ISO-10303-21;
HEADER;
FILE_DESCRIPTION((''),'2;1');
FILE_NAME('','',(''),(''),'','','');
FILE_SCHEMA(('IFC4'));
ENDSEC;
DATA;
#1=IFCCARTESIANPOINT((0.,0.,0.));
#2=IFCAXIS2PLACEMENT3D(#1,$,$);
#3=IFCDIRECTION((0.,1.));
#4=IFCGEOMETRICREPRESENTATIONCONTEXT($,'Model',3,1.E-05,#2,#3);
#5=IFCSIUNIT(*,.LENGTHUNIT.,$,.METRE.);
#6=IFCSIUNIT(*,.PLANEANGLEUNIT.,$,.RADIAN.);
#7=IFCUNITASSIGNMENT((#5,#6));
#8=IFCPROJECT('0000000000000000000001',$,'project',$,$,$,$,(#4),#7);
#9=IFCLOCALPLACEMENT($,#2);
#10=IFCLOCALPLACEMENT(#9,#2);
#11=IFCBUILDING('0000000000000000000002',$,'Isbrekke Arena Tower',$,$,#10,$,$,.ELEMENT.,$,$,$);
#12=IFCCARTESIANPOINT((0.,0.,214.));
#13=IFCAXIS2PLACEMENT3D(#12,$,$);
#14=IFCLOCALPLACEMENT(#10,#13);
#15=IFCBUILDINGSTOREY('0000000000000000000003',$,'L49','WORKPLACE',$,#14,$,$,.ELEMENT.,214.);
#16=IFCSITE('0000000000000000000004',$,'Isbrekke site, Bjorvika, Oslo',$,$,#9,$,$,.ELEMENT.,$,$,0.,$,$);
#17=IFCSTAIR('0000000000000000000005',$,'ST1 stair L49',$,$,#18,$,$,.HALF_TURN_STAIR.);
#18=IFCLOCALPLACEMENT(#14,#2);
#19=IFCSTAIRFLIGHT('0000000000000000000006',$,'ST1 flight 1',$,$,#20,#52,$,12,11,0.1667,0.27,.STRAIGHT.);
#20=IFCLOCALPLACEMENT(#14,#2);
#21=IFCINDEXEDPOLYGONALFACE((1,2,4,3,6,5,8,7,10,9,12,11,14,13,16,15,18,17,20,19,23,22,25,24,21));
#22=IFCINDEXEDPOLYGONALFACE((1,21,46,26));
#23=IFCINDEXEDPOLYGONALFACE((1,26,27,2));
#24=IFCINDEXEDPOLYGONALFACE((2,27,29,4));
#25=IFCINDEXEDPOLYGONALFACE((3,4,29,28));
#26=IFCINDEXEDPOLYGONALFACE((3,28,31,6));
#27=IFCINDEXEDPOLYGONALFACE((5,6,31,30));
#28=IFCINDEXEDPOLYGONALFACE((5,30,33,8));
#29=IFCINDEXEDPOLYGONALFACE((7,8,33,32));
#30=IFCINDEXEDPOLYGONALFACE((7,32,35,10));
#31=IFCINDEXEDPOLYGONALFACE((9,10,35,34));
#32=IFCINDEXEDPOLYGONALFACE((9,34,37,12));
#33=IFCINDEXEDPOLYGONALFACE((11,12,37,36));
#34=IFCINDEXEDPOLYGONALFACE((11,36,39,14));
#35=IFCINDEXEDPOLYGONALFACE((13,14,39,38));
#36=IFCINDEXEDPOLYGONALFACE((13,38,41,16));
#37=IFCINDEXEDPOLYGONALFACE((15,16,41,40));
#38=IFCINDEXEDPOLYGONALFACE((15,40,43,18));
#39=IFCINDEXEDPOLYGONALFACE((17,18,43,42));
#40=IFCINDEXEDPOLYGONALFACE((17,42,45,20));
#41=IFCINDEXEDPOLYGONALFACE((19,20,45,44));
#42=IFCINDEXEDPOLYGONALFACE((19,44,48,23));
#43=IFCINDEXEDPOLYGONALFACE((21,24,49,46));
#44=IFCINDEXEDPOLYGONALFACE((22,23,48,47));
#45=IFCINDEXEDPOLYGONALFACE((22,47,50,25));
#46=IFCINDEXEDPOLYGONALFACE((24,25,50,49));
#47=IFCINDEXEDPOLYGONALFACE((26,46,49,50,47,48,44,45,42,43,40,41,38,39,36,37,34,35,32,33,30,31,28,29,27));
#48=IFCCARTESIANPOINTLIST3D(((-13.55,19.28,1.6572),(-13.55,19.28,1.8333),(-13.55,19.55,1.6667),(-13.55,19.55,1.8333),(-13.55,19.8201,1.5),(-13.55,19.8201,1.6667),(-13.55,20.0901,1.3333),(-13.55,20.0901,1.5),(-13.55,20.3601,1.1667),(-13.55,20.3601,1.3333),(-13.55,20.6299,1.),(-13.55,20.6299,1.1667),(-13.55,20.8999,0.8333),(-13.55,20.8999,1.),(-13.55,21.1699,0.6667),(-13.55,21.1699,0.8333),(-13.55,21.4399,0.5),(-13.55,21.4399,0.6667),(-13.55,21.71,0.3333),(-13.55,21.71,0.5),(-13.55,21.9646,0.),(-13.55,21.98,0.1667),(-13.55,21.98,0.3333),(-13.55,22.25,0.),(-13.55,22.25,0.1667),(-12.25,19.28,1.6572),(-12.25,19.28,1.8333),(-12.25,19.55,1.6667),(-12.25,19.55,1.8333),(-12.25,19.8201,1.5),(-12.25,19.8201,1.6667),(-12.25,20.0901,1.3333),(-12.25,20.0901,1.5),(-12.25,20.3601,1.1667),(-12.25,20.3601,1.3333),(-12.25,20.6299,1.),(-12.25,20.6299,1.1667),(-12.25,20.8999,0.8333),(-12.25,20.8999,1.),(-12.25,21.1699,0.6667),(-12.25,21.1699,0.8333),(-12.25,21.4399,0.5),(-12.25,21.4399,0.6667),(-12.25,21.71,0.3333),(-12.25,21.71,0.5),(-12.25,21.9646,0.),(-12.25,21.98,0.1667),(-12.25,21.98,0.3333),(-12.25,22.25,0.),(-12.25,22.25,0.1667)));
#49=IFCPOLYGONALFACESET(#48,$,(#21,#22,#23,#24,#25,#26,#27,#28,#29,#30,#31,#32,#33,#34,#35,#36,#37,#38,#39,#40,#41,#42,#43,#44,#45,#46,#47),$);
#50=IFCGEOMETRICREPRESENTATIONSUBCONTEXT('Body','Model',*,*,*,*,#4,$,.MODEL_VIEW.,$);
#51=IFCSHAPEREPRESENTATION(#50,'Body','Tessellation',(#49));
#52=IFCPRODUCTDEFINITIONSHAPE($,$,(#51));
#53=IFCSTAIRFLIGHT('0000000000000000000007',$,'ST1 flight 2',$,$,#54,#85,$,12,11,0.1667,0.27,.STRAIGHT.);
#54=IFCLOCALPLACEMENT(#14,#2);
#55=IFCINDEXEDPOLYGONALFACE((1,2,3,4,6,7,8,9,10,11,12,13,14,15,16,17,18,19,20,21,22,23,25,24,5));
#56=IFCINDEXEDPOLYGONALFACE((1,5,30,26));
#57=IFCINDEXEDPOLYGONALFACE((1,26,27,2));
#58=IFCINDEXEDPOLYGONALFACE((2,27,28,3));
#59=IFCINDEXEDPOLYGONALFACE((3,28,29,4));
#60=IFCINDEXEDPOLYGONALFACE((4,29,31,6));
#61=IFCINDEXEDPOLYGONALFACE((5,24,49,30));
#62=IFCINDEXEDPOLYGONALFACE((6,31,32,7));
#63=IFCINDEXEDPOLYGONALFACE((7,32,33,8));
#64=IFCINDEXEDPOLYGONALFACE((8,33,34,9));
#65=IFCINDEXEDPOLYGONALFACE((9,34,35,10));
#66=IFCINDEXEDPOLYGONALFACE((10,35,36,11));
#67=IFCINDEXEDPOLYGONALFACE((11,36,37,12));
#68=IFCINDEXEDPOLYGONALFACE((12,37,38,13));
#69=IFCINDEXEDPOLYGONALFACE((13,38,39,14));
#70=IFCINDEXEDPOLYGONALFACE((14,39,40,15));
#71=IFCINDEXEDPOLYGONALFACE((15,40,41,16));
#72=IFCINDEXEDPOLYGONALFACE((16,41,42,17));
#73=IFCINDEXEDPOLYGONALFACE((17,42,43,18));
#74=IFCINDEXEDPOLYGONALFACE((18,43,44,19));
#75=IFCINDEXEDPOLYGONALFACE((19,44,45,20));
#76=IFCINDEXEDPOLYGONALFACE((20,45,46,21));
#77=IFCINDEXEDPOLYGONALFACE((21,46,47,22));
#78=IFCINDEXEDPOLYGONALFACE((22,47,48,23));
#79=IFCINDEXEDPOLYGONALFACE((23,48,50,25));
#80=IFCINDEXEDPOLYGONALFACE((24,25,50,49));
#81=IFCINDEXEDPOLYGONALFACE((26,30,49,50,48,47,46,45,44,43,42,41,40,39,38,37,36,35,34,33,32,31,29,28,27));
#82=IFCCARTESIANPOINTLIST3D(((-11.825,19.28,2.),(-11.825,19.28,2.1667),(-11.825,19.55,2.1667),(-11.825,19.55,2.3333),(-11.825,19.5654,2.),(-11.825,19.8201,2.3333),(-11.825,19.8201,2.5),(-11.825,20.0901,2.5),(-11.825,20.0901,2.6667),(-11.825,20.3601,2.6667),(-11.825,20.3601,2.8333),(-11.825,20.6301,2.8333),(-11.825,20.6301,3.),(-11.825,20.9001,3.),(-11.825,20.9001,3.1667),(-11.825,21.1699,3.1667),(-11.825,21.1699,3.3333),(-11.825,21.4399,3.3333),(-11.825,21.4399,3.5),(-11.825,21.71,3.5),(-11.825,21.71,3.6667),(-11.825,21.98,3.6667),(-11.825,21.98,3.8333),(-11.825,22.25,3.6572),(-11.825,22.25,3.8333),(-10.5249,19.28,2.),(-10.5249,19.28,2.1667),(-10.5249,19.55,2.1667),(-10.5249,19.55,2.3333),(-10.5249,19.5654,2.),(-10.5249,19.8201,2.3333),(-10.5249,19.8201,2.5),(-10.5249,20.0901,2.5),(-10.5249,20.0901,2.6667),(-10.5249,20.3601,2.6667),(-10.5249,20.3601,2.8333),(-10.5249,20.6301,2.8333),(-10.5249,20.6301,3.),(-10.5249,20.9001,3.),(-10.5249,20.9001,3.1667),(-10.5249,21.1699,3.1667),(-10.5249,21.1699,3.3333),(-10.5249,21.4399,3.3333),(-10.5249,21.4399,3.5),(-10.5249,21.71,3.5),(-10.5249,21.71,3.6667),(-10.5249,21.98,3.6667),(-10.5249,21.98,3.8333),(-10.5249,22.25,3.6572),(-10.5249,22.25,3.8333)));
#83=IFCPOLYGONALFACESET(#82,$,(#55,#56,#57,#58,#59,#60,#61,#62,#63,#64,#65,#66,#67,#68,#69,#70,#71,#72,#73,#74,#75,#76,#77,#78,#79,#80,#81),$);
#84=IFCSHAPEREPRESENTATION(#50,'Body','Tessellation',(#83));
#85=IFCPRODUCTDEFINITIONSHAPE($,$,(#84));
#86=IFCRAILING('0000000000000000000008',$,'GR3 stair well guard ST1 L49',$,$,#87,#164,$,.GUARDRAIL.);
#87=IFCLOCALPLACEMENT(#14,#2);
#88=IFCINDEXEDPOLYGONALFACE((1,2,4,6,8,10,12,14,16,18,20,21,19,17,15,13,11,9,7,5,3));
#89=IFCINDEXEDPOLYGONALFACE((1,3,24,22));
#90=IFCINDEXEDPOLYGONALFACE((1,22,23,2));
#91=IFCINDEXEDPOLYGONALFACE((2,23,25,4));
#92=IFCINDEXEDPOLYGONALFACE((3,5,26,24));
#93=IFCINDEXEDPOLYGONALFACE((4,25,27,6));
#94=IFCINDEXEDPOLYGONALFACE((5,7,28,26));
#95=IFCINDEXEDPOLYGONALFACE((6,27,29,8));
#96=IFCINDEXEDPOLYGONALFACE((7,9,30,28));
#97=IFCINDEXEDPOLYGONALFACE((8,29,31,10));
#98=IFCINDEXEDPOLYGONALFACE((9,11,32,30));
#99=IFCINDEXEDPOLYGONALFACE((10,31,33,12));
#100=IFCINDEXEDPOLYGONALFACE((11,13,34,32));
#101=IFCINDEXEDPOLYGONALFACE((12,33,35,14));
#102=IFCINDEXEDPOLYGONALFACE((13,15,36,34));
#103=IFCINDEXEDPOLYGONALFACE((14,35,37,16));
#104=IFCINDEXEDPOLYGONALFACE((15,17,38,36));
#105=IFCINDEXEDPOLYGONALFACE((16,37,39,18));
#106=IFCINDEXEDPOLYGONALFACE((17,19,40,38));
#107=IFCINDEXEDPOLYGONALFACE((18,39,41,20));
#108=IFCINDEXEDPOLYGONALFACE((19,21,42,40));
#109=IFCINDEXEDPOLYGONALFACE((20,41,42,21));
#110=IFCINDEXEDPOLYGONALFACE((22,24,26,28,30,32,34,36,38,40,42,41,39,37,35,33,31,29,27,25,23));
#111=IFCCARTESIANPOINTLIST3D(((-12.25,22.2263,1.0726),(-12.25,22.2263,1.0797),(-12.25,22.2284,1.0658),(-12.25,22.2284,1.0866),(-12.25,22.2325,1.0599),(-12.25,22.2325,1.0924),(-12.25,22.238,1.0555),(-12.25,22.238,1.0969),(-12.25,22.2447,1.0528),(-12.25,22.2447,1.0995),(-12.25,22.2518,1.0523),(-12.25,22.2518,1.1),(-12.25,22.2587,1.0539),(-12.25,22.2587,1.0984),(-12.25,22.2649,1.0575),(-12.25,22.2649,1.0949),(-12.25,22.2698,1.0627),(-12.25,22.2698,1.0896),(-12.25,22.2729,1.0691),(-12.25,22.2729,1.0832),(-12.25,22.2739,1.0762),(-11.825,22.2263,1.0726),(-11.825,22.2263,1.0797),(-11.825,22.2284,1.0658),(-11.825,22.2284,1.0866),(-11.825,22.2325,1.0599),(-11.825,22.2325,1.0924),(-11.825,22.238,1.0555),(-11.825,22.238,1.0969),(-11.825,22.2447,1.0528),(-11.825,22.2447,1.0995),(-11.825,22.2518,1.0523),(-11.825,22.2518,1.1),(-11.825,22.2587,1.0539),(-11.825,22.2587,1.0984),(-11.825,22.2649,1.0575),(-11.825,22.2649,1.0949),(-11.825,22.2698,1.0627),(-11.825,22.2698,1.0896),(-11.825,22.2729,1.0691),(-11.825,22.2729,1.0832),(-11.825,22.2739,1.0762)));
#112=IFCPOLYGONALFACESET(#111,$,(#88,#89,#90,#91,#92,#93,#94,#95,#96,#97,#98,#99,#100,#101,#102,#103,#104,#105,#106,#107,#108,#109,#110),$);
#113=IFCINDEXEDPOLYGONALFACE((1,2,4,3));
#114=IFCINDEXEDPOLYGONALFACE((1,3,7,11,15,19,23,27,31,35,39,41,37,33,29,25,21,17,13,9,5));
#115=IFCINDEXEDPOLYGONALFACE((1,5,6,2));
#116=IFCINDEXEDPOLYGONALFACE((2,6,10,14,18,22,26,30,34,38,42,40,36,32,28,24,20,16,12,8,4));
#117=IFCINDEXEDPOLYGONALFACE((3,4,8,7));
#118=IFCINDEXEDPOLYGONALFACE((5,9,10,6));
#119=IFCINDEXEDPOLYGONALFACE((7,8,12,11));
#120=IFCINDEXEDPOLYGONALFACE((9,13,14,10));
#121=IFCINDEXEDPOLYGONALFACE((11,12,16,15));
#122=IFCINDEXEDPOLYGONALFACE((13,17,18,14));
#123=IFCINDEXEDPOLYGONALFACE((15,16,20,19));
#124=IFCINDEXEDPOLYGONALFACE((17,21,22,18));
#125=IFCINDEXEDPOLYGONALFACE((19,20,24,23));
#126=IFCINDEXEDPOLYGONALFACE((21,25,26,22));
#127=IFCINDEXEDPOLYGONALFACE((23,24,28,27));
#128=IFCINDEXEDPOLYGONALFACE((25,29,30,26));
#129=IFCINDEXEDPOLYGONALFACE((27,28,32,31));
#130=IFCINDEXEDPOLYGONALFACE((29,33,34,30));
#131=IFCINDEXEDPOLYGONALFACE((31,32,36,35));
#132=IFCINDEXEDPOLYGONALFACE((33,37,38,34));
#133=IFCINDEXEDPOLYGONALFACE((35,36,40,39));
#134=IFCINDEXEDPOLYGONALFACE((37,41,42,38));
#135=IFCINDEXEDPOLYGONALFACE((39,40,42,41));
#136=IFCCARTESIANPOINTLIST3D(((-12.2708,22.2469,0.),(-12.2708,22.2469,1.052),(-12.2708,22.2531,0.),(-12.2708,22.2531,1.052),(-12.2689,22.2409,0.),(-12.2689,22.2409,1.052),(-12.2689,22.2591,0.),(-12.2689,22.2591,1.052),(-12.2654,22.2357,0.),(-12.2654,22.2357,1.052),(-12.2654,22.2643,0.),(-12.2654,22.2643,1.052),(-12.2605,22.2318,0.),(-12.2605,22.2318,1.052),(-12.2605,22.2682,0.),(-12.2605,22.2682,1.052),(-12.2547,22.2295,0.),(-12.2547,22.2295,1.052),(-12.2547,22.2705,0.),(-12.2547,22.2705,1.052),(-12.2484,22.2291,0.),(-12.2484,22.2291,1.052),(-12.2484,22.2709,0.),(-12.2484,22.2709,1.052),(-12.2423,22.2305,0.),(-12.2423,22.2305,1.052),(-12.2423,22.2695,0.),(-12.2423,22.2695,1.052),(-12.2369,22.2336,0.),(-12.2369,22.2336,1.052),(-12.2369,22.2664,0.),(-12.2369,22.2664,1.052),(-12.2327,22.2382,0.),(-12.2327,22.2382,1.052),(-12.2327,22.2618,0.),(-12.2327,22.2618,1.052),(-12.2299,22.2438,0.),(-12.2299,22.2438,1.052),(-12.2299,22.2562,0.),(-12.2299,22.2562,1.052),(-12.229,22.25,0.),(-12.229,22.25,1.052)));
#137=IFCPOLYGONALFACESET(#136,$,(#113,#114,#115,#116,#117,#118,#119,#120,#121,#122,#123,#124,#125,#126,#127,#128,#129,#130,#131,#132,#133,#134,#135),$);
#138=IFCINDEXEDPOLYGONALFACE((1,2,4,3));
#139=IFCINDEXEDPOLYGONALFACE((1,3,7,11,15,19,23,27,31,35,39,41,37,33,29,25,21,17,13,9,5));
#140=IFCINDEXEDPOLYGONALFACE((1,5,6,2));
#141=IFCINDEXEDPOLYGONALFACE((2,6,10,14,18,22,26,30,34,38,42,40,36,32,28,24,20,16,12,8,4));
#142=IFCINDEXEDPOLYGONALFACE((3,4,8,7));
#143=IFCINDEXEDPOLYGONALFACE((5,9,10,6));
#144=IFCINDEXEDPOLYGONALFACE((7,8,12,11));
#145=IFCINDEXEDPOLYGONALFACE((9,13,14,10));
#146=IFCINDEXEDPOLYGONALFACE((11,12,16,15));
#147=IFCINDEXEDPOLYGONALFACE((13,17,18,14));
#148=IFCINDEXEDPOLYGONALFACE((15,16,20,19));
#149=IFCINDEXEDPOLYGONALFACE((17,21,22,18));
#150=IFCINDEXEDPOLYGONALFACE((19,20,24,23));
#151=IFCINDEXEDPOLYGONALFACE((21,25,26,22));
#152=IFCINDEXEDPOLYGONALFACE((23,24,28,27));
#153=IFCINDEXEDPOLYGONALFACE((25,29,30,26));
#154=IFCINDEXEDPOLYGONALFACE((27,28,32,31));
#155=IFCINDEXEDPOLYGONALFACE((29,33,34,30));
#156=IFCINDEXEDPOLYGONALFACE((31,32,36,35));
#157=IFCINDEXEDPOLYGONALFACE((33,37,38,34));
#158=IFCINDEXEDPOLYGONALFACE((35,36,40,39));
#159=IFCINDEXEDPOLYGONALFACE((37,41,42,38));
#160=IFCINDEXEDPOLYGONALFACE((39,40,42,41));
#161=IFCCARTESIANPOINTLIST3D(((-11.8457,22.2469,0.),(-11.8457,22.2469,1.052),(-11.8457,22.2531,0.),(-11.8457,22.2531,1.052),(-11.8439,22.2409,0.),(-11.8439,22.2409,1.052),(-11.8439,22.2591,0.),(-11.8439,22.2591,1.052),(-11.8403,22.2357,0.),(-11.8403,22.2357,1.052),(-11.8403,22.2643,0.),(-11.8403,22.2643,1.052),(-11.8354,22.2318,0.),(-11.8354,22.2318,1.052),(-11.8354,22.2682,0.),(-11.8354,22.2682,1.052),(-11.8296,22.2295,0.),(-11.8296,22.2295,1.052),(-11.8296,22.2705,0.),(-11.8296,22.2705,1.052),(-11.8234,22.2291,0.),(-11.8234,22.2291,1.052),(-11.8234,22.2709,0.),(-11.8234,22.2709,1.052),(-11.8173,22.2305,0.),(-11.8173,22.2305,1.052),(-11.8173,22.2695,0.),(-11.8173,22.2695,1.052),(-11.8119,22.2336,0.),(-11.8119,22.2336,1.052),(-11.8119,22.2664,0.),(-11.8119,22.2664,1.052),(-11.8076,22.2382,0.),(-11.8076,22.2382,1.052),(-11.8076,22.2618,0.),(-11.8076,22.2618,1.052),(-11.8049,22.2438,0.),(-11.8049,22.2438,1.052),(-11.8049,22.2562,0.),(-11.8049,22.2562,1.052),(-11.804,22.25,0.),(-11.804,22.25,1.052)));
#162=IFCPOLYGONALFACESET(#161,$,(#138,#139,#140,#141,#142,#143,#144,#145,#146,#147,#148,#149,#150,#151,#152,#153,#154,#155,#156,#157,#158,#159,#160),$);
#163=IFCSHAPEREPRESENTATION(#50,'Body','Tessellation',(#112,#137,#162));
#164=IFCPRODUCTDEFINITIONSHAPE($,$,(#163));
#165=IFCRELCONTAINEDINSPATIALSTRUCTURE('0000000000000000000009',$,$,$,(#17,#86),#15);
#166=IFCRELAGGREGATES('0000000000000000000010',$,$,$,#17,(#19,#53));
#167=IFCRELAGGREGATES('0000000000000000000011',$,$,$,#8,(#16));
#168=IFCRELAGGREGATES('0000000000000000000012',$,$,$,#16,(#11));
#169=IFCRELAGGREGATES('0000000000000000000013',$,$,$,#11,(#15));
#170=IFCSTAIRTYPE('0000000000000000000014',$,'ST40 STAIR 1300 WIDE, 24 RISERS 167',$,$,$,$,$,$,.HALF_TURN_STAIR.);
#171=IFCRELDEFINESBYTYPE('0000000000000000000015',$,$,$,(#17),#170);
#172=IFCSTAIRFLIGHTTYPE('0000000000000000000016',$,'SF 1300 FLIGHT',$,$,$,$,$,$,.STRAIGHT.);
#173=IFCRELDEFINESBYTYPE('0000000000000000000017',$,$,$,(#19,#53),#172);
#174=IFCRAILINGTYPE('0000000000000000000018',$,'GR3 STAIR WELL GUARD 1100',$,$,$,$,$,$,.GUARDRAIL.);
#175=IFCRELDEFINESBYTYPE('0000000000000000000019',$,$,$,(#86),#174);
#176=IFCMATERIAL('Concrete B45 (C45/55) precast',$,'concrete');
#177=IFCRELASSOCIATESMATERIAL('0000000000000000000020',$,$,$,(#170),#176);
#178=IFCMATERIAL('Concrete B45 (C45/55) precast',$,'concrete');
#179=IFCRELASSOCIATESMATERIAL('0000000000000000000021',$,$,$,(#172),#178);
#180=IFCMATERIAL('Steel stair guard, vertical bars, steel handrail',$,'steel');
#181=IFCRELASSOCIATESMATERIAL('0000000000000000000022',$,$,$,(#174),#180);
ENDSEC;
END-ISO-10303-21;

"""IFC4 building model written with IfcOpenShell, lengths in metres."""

from ifc_helpers import new_model, si_unit, direction, frame, origin, origin_2d, place, context, subcontext, project, spatial, polyline, circle, outline, extrude, material, type_object, element, aggregate, save


model = new_model("IFC4")

# Units and contexts
model_context = context("Model", 3, precision=1e-05, world=origin(), true_north=direction((0.0, 1.0)))
body_context = subcontext(model_context, "Body", "Model", "MODEL_VIEW")
ifc_project = project(units=[si_unit("LENGTHUNIT", "METRE"), si_unit("PLANEANGLEUNIT", "RADIAN")], contexts=[model_context])

# Site, building, storey
site_placement = place(None, origin())
site = spatial("IfcSite", under=ifc_project, at=site_placement, Name="Isbrekke site, Bjorvika, Oslo", CompositionType="ELEMENT", RefElevation=0.0)
building_placement = place(site_placement, origin())
building = spatial("IfcBuilding", under=site, at=building_placement, Name="Isbrekke Arena Tower", CompositionType="ELEMENT")
storey_placement = place(building_placement, frame((0.0, 0.0, 214.0)))
storey = spatial("IfcBuildingStorey", under=building, at=storey_placement, Name="L49", Description="WORKPLACE", CompositionType="ELEMENT", Elevation=214.0)

# Stair, stair flights
ifc_material_1 = material(Name="Concrete B45 (C45/55) precast", Category="concrete")
stair_type = type_object("IfcStairType", Name="ST40 STAIR 1300 WIDE, 24 RISERS 167", PredefinedType="HALF_TURN_STAIR", material=ifc_material_1)
stair_placement = place(storey_placement, origin())
stair = element("IfcStair", 1, at=stair_placement, inside=storey, type_object=stair_type, Name="ST1 stair L49", PredefinedType="HALF_TURN_STAIR")
ifc_material_2 = material(Name="Concrete B45 (C45/55) precast", Category="concrete")
stair_flight_type = type_object("IfcStairFlightType", Name="SF 1300 FLIGHT", PredefinedType="STRAIGHT", material=ifc_material_2)
stair_flight_1_placement = place(storey_placement, frame((-12.8999, 22.25, 0.0), z_axis=(0.0, 0.0, 1.0), x_axis=(0.0, -1.0, 0.0)))
stair_flight_1 = element("IfcStairFlight", 2, at=stair_flight_1_placement, type_object=stair_flight_type, Name="ST1 flight 1", NumberOfRisers=12, NumberOfTreads=11, PredefinedType="STRAIGHT", RiserHeight=0.1667, TreadLength=0.27, context=body_context, shape_type="SweptSolid", body=[
    extrude(outline(polyline([(0.0, 0.0), (0.0, 0.1667), (0.27, 0.1667), (0.27, 0.3333), (0.54, 0.3333), (0.54, 0.5), (0.8101, 0.5), (0.8101, 0.6667), (1.0801, 0.6667), (1.0801, 0.8333), (1.3501, 0.8333), (1.3501, 1.0), (1.6201, 1.0), (1.6201, 1.1667), (1.8899, 1.1667), (1.8899, 1.3333), (2.1599, 1.3333), (2.1599, 1.5), (2.4299, 1.5), (2.4299, 1.6667), (2.7, 1.6667), (2.7, 1.8333), (2.97, 1.8333), (2.97, 2.0), (2.97, 1.6572), (0.2854, 0.0), (0.0, 0.0)])), frame((0.0, 0.6499, 0.0), z_axis=(0.0, -1.0, 0.0), x_axis=(1.0, 0.0, 0.0)), (0.0, 0.0, 1.0), 1.3),
])
stair_flight_2_placement = place(storey_placement, frame((-11.175, 19.28, 2.0), z_axis=(0.0, 0.0, 1.0), x_axis=(0.0, 1.0, 0.0)))
stair_flight_2 = element("IfcStairFlight", 3, at=stair_flight_2_placement, type_object=stair_flight_type, Name="ST1 flight 2", NumberOfRisers=12, NumberOfTreads=11, PredefinedType="STRAIGHT", RiserHeight=0.1667, TreadLength=0.27, context=body_context, shape_type="SweptSolid", body=[
    extrude(outline(polyline([(0.0, 0.0), (0.0, 0.1667), (0.27, 0.1667), (0.27, 0.3333), (0.54, 0.3333), (0.54, 0.5), (0.8101, 0.5), (0.8101, 0.6667), (1.0801, 0.6667), (1.0801, 0.8333), (1.3501, 0.8333), (1.3501, 1.0), (1.6201, 1.0), (1.6201, 1.1667), (1.8899, 1.1667), (1.8899, 1.3333), (2.1599, 1.3333), (2.1599, 1.5), (2.4299, 1.5), (2.4299, 1.6667), (2.7, 1.6667), (2.7, 1.8333), (2.97, 1.8333), (2.97, 2.0), (2.97, 1.6572), (0.2854, 0.0), (0.0, 0.0)])), frame((0.0, 0.6499, 0.0), z_axis=(0.0, -1.0, 0.0), x_axis=(1.0, 0.0, 0.0)), (0.0, 0.0, 1.0), 1.3),
])
aggregate(stair, [stair_flight_1, stair_flight_2])

# Railing
ifc_material_3 = material(Name="Steel stair guard, vertical bars, steel handrail", Category="steel")
railing_type = type_object("IfcRailingType", Name="GR3 STAIR WELL GUARD 1100", PredefinedType="GUARDRAIL", material=ifc_material_3)
for number, where, name in (
    (4, (-12.25, 22.25, 0.0), "GR3 stair well guard ST1 L49"),
):
    element("IfcRailing", number, at=place(storey_placement, frame(where)), inside=storey, type_object=railing_type, Name=name, PredefinedType="GUARDRAIL", context=body_context, shape_type="SweptSolid", body=[
        extrude(circle(Radius=0.0239, at=origin_2d()), frame((0.0, 0.0, 1.0762), z_axis=(1.0, 0.0, 0.0), x_axis=(0.0, 1.0, 0.0)), (0.0, 0.0, 1.0), 0.425),
        extrude(circle(Radius=0.021, at=origin_2d()), origin(), (0.0, 0.0, 1.0), 1.052),
        extrude(circle(Radius=0.021, at=origin_2d()), frame((0.425, 0.0, 0.0)), (0.0, 0.0, 1.0), 1.052),
    ])

save(model, "model.ifc")
